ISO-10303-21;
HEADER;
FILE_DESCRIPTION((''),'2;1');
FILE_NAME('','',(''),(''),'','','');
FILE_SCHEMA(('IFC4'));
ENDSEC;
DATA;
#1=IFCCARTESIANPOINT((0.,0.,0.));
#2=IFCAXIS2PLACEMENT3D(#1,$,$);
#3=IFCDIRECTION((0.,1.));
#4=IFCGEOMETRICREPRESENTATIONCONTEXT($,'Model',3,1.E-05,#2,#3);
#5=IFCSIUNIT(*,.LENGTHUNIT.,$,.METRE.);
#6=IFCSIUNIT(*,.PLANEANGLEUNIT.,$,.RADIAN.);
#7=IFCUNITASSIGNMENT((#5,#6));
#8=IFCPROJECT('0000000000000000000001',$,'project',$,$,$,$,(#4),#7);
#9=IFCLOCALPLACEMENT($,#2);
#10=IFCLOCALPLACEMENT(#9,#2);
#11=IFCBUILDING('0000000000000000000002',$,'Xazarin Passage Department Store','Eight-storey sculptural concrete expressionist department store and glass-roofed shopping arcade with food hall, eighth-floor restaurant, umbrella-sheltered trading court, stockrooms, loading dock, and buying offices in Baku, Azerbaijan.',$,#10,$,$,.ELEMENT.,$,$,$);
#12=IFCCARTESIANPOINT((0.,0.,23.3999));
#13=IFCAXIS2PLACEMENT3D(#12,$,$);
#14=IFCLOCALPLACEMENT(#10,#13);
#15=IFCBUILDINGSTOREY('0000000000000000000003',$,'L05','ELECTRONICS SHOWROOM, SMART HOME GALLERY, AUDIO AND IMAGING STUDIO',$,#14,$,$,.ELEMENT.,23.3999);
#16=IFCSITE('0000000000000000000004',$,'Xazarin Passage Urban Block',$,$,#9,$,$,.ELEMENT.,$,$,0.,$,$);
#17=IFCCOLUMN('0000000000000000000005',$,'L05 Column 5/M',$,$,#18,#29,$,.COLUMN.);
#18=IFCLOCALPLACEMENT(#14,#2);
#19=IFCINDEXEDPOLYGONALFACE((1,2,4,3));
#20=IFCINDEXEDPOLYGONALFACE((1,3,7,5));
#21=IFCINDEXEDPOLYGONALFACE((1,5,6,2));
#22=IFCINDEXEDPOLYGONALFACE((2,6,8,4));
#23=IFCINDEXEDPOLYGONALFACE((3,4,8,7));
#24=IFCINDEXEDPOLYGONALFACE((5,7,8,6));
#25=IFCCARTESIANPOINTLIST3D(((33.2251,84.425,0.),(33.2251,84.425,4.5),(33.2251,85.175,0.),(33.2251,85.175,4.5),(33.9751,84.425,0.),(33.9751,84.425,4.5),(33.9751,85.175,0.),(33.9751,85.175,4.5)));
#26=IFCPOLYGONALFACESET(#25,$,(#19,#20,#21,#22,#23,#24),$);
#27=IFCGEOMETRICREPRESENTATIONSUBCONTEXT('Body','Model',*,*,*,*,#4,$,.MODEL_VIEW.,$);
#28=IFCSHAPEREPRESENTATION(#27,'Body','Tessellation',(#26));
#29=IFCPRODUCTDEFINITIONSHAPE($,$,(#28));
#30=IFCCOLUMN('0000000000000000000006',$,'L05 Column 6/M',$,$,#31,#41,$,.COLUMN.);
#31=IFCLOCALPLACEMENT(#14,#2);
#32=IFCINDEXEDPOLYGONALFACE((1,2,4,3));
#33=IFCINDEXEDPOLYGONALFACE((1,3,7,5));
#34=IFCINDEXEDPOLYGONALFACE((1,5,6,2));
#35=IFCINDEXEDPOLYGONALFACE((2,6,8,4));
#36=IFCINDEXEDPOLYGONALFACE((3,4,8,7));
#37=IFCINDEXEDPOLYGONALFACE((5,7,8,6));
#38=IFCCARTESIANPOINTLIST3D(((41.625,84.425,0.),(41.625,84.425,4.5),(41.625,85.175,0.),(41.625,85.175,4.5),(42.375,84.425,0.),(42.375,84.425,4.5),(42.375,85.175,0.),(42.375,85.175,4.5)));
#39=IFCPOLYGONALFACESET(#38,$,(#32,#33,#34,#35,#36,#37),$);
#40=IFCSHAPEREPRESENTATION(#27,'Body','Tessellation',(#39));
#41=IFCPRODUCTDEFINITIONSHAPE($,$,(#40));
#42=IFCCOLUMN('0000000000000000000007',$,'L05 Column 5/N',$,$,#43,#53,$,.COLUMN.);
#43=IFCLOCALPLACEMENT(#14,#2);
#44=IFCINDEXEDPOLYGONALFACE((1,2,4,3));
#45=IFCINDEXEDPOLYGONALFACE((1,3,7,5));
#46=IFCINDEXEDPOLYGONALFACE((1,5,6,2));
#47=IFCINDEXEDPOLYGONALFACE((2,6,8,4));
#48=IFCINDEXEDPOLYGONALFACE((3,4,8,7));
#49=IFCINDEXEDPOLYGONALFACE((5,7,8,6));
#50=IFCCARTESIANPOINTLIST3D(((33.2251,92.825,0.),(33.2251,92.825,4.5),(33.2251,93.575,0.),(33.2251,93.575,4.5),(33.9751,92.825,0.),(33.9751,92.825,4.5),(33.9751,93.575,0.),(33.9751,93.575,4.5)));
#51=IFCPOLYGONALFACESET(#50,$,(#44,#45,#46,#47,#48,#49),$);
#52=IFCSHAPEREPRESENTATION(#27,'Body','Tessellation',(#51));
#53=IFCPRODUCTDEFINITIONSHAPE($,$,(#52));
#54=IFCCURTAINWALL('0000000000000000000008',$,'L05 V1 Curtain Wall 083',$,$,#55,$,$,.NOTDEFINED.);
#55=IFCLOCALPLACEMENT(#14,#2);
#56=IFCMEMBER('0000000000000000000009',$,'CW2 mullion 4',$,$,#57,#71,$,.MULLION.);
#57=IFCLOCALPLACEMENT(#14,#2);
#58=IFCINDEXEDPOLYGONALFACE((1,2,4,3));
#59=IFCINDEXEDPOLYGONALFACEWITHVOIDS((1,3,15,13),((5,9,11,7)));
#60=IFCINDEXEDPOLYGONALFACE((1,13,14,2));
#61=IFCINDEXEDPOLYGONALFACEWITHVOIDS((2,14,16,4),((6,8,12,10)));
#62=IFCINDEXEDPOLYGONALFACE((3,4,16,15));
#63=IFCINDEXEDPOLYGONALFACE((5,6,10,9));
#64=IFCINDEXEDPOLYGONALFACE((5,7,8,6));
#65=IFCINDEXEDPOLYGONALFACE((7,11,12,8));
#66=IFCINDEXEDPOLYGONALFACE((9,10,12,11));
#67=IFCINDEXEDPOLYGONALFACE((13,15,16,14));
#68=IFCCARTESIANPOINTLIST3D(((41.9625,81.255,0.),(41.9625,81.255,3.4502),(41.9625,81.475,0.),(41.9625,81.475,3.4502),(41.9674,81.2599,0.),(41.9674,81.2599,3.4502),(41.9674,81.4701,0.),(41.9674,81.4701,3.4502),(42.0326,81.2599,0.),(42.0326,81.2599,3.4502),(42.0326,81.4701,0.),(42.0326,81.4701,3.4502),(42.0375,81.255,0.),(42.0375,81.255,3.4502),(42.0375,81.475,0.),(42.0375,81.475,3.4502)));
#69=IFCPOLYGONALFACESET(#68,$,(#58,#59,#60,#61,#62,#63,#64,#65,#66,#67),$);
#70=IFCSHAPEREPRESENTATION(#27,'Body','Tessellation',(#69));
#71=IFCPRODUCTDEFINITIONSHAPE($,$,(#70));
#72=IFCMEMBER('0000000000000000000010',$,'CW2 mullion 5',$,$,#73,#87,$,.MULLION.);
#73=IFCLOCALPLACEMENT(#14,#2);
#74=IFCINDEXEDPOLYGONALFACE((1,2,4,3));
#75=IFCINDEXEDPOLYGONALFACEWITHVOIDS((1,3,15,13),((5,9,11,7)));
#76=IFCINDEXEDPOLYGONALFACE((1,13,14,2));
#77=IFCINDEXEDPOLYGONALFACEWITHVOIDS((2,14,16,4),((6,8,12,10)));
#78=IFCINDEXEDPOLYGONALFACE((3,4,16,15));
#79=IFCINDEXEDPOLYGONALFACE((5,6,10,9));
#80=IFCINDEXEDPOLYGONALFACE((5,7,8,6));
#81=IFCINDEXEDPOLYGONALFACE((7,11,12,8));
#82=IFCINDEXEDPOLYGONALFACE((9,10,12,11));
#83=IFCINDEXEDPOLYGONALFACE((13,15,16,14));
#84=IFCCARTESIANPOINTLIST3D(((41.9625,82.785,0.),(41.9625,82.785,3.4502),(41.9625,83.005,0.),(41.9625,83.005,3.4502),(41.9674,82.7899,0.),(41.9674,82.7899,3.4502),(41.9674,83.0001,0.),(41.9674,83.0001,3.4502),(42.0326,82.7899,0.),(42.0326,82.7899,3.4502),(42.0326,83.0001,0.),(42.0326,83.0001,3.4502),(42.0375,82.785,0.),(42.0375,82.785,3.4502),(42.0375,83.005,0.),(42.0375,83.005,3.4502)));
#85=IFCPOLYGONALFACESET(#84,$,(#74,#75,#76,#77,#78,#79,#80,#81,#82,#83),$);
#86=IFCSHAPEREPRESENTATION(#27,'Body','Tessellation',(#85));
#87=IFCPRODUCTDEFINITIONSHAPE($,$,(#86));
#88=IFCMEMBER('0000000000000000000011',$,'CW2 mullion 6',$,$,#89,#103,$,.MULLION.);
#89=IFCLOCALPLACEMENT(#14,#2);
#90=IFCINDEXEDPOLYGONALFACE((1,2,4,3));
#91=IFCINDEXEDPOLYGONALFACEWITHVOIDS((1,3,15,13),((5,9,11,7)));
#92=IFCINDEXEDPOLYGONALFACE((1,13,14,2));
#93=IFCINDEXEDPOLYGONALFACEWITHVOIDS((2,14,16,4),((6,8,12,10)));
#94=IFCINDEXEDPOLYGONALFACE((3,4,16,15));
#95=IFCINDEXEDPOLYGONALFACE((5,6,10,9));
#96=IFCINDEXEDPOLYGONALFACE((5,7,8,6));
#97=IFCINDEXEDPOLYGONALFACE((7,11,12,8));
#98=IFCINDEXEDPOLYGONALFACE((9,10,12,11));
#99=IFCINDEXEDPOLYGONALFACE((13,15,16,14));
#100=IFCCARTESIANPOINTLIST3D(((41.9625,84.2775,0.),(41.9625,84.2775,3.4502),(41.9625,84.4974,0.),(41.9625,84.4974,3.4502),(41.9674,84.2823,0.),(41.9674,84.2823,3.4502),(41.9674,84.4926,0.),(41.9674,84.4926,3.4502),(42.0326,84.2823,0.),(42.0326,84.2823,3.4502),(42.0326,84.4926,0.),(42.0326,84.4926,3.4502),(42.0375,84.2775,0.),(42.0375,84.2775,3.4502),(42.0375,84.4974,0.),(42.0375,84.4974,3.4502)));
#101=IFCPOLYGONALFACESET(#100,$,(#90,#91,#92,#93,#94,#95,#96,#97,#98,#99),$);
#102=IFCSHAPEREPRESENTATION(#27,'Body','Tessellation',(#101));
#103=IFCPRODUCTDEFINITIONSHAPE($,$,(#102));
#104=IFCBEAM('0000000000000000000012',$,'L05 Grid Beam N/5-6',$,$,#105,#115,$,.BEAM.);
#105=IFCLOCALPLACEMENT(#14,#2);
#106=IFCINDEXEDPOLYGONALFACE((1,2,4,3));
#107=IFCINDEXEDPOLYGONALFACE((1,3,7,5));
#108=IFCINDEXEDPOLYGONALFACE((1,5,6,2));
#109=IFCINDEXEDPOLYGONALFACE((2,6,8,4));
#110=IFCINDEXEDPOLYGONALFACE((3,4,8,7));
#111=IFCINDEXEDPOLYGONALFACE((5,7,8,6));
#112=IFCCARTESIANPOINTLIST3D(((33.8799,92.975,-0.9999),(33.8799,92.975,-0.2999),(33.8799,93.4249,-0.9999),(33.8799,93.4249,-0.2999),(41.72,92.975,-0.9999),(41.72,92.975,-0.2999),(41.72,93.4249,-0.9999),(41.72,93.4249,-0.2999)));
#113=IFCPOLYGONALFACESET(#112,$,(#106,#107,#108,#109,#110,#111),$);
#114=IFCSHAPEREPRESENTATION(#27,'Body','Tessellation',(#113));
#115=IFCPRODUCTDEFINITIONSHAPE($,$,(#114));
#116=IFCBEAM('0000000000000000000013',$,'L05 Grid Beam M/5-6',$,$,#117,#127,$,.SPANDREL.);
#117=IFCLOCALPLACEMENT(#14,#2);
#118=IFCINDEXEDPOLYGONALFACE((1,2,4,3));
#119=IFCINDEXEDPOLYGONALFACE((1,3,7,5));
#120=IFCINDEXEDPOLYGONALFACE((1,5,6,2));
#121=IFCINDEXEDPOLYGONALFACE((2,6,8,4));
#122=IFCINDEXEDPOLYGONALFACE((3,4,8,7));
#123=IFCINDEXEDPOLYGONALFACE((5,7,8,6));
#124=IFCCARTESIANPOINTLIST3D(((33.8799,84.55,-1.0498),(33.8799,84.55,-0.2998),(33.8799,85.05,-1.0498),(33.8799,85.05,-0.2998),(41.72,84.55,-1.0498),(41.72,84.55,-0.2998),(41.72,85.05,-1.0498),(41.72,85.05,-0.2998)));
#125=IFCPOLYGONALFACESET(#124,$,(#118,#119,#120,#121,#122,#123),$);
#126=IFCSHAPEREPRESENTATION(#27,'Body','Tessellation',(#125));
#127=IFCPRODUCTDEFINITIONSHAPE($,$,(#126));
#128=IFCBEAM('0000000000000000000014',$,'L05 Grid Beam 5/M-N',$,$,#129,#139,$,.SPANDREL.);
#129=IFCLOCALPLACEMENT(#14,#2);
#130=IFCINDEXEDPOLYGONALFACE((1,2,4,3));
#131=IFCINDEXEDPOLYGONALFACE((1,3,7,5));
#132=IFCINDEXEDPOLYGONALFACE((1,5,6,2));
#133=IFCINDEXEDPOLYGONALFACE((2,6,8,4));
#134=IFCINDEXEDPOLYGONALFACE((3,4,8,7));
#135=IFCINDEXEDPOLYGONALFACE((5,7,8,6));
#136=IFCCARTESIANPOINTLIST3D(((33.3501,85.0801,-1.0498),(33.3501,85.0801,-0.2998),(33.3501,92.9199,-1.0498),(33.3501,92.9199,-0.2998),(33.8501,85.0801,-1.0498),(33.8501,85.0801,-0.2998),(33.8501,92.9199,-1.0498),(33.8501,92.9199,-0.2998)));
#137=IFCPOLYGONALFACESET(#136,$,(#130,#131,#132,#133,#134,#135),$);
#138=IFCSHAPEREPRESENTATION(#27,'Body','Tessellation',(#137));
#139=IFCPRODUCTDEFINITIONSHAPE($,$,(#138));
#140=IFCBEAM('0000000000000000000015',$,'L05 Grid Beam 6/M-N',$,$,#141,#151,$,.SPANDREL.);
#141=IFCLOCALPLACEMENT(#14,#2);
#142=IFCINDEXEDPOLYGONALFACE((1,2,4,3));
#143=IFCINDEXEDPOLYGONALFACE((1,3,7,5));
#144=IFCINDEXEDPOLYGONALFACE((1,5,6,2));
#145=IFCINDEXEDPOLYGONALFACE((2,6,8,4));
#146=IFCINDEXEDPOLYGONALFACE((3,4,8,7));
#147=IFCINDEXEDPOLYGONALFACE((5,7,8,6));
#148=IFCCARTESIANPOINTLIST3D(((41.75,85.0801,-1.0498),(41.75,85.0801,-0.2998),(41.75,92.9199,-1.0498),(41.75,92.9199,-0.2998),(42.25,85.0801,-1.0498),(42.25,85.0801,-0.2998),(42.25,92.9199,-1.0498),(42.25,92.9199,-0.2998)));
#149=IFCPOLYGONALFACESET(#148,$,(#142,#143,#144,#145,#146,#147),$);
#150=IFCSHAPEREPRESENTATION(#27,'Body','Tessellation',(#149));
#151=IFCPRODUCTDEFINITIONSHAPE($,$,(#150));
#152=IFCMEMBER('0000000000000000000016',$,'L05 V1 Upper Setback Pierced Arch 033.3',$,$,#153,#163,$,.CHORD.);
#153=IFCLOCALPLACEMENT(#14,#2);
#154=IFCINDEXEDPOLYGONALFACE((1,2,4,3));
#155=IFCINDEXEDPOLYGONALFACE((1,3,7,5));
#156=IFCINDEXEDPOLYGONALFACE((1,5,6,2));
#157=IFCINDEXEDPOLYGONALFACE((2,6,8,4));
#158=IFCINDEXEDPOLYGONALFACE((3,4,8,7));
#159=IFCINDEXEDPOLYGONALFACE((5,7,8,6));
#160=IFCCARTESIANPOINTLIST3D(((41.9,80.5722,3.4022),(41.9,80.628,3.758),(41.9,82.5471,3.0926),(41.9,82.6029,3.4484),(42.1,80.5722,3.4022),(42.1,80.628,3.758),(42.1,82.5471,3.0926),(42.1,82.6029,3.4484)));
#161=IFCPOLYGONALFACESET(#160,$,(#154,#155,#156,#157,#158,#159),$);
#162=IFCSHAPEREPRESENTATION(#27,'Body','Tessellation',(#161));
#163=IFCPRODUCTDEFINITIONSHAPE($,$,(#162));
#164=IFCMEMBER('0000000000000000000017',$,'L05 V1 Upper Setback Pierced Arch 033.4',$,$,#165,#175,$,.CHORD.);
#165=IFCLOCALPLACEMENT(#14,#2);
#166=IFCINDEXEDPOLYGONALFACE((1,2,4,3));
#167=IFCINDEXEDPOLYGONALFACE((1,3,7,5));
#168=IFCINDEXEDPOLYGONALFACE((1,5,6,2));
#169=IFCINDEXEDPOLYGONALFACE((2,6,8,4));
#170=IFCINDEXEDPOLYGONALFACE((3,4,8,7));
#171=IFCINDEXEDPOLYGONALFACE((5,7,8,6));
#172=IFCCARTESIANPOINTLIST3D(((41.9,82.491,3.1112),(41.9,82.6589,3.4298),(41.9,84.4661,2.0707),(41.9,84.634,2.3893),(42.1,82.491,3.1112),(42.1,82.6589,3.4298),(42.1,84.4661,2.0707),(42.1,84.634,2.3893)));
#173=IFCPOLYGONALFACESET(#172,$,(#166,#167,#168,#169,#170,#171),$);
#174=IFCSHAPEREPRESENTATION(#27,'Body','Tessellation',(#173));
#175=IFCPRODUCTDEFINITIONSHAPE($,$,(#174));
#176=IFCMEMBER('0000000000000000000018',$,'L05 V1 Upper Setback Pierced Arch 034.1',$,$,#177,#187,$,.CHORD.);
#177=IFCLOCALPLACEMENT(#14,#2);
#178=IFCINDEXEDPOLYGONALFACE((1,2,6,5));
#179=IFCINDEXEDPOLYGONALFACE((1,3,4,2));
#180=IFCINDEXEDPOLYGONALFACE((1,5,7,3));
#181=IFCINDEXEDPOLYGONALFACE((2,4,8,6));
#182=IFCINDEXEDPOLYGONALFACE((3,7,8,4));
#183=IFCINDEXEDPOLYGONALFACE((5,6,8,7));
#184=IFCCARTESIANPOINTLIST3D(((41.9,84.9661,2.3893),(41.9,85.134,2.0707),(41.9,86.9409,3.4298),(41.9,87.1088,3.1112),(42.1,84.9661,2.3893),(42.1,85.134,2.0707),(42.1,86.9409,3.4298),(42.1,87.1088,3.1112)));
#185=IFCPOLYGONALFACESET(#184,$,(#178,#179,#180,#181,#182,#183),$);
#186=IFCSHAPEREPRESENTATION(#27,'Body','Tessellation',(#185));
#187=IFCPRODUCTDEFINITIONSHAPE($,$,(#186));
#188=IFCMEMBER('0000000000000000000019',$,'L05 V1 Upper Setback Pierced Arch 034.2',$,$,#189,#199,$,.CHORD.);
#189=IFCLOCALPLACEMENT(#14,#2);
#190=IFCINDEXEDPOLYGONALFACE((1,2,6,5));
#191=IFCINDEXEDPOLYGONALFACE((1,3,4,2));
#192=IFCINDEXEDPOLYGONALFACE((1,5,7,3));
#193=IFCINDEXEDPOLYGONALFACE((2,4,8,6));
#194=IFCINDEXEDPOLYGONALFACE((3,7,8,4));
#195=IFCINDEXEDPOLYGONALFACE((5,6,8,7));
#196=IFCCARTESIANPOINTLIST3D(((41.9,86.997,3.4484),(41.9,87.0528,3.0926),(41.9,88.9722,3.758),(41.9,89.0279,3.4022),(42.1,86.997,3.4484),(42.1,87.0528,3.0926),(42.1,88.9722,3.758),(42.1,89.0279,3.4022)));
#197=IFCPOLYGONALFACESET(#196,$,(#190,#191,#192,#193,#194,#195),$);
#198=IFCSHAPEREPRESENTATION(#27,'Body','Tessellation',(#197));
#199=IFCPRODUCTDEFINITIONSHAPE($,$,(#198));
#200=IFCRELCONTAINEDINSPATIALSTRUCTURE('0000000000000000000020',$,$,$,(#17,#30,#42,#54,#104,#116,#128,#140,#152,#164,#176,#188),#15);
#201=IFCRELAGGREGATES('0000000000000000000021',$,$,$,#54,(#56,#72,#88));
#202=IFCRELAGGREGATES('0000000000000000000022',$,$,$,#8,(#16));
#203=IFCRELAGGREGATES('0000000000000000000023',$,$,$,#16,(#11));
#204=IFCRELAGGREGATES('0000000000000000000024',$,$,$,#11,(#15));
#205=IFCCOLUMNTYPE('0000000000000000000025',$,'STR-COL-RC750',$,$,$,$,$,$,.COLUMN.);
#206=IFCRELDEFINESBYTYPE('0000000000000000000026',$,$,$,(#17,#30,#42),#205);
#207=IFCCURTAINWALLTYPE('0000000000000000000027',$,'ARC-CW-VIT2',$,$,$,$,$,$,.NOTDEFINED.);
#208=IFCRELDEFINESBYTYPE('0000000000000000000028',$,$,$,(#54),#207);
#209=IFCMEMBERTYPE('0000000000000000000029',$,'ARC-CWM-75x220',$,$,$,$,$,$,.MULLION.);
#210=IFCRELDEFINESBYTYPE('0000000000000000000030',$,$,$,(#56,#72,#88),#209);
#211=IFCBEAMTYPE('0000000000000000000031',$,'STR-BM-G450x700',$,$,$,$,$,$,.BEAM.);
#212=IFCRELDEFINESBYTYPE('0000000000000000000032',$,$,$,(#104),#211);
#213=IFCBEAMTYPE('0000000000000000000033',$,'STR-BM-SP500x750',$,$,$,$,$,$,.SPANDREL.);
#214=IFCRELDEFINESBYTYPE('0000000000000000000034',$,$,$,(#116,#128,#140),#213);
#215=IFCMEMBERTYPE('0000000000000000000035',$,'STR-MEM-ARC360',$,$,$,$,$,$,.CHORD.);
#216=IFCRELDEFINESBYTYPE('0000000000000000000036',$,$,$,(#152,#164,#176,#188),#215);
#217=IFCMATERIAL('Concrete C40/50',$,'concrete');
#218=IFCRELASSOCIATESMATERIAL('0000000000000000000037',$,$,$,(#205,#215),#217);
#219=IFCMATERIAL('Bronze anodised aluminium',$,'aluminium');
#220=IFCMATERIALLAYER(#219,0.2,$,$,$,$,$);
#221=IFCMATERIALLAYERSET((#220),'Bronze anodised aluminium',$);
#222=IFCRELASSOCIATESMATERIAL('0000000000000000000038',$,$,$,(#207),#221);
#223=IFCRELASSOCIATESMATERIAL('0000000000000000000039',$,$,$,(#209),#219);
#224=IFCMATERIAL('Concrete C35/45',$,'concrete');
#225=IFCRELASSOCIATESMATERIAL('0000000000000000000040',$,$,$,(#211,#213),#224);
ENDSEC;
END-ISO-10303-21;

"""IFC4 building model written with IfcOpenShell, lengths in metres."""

from ifc_helpers import new_model, si_unit, direction, frame, origin, origin_2d, place, context, subcontext, project, spatial, rectangle, hollow_rectangle, extrude, material, layer, layer_set, material_profile, profile_set, type_object, element, aggregate, save


model = new_model("IFC4")

# Units and contexts
model_context = context("Model", 3, precision=1e-05, world=origin(), true_north=direction((0.0, 1.0)))
body_context = subcontext(model_context, "Body", "Model", "MODEL_VIEW")
ifc_project = project(units=[si_unit("LENGTHUNIT", "METRE"), si_unit("PLANEANGLEUNIT", "RADIAN")], contexts=[model_context])

# Site, building, storey
site_placement = place(None, origin())
site = spatial("IfcSite", under=ifc_project, at=site_placement, Name="Xazarin Passage Urban Block", CompositionType="ELEMENT", RefElevation=0.0)
building_placement = place(site_placement, origin())
building = spatial("IfcBuilding", under=site, at=building_placement, Name="Xazarin Passage Department Store", Description="Eight-storey sculptural concrete expressionist department store and glass-roofed shopping arcade with food hall, eighth-floor restaurant, umbrella-sheltered trading court, stockrooms, loading dock, and buying offices in Baku, Azerbaijan.", CompositionType="ELEMENT")
storey_placement = place(building_placement, frame((0.0, 0.0, 23.3999)))
storey = spatial("IfcBuildingStorey", under=building, at=storey_placement, Name="L05", Description="ELECTRONICS SHOWROOM, SMART HOME GALLERY, AUDIO AND IMAGING STUDIO", CompositionType="ELEMENT", Elevation=23.3999)

# Columns
ifc_material_1 = material(Name="Concrete C40/50", Category="concrete")
ifc_material_profile_1 = material_profile(ifc_material_1, rectangle(XDim=0.75, YDim=0.75, at=origin_2d()), Name="RC 750x750")
ifc_profile_set_1 = profile_set([ifc_material_profile_1], Name="Concrete C40/50")
column_type = type_object("IfcColumnType", Name="STR-COL-RC750", PredefinedType="COLUMN", material=ifc_profile_set_1)
for number, where, z_axis, x_axis, name in (
    (1, (33.6001, 84.8, 0.0), (0.0, 0.0, 1.0), (1.0, 0.0, 0.0), "L05 Column 5/M"),
    (2, (42.0, 84.8, 0.0), (0.0, 0.0, 1.0), (1.0, 0.0, 0.0), "L05 Column 6/M"),
    (3, (33.6001, 93.2, 0.0), (0.0, 0.0, 1.0), (1.0, 0.0, 0.0), "L05 Column 5/N"),
):
    element("IfcColumn", number, at=place(storey_placement, frame(where, z_axis=z_axis, x_axis=x_axis)), inside=storey, type_object=column_type, Name=name, PredefinedType="COLUMN", context=body_context, shape_type="SweptSolid", body=[
        extrude(rectangle(XDim=0.75, YDim=0.75, at=origin_2d()), origin(), (0.0, 0.0, 1.0), 4.5),
    ])

# Curtain wall, members
ifc_material_2 = material(Name="Bronze anodised aluminium", Category="aluminium")
ifc_layer_1 = layer(ifc_material_2, 0.2)
ifc_layer_set_1 = layer_set([ifc_layer_1], Name="Bronze anodised aluminium")
curtain_wall_type = type_object("IfcCurtainWallType", Name="ARC-CW-VIT2", PredefinedType="NOTDEFINED", material=ifc_layer_set_1)
curtain_wall_placement = place(storey_placement, origin())
curtain_wall = element("IfcCurtainWall", 4, at=curtain_wall_placement, inside=storey, type_object=curtain_wall_type, Name="L05 V1 Curtain Wall 083", PredefinedType="NOTDEFINED")
ifc_material_profile_2 = material_profile(ifc_material_2, hollow_rectangle(XDim=0.075, YDim=0.22, WallThickness=0.0049, at=origin_2d()), Name="ALU 75x220")
ifc_profile_set_2 = profile_set([ifc_material_profile_2], Name="Bronze anodised aluminium")
member_type_1 = type_object("IfcMemberType", Name="ARC-CWM-75x220", PredefinedType="MULLION", material=ifc_profile_set_2)
member_1_placement = place(storey_placement, frame((42.0, 81.365, 0.0), z_axis=(0.0, 0.0, 1.0), x_axis=(-1.0, 0.0, 0.0)))
member_1 = element("IfcMember", 5, at=member_1_placement, type_object=member_type_1, Name="CW2 mullion 4", PredefinedType="MULLION", context=body_context, shape_type="SweptSolid", body=[
    extrude(hollow_rectangle(XDim=0.075, YDim=0.22, WallThickness=0.0049, at=origin_2d()), origin(), (0.0, 0.0, 1.0), 3.4502),
])
member_2_placement = place(storey_placement, frame((42.0, 82.895, 0.0), z_axis=(0.0, 0.0, 1.0), x_axis=(-1.0, 0.0, 0.0)))
member_2 = element("IfcMember", 6, at=member_2_placement, type_object=member_type_1, Name="CW2 mullion 5", PredefinedType="MULLION", context=body_context, shape_type="SweptSolid", body=[
    extrude(hollow_rectangle(XDim=0.075, YDim=0.22, WallThickness=0.0049, at=origin_2d()), origin(), (0.0, 0.0, 1.0), 3.4502),
])
member_3_placement = place(storey_placement, frame((42.0, 84.3875, 0.0), z_axis=(0.0, 0.0, 1.0), x_axis=(-1.0, 0.0, 0.0)))
member_3 = element("IfcMember", 7, at=member_3_placement, type_object=member_type_1, Name="CW2 mullion 6", PredefinedType="MULLION", context=body_context, shape_type="SweptSolid", body=[
    extrude(hollow_rectangle(XDim=0.075, YDim=0.22, WallThickness=0.0049, at=origin_2d()), origin(), (0.0, 0.0, 1.0), 3.4502),
])
aggregate(curtain_wall, [member_1, member_2, member_3])

# Beams
ifc_material_3 = material(Name="Concrete C35/45", Category="concrete")
ifc_material_profile_3 = material_profile(ifc_material_3, rectangle(XDim=0.45, YDim=0.7, at=origin_2d()), Name="RC 450x700")
ifc_profile_set_3 = profile_set([ifc_material_profile_3], Name="Concrete C35/45")
beam_type_1 = type_object("IfcBeamType", Name="STR-BM-G450x700", PredefinedType="BEAM", material=ifc_profile_set_3)
beam_1_placement = place(storey_placement, frame((33.8799, 93.2, -0.6499), z_axis=(1.0, 0.0, 0.0), x_axis=(0.0, 1.0, 0.0)))
element("IfcBeam", 8, at=beam_1_placement, inside=storey, type_object=beam_type_1, Name="L05 Grid Beam N/5-6", PredefinedType="BEAM", context=body_context, shape_type="SweptSolid", body=[
    extrude(rectangle(XDim=0.45, YDim=0.7, at=origin_2d()), origin(), (0.0, 0.0, 1.0), 7.8401),
])
ifc_material_profile_4 = material_profile(ifc_material_3, rectangle(XDim=0.5, YDim=0.75, at=origin_2d()), Name="RC 500x750")
ifc_profile_set_4 = profile_set([ifc_material_profile_4], Name="Concrete C35/45")
beam_type_2 = type_object("IfcBeamType", Name="STR-BM-SP500x750", PredefinedType="SPANDREL", material=ifc_profile_set_4)
beam_2_placement = place(storey_placement, frame((33.8799, 84.8, -0.6748), z_axis=(1.0, 0.0, 0.0), x_axis=(0.0, 1.0, 0.0)))
element("IfcBeam", 9, at=beam_2_placement, inside=storey, type_object=beam_type_2, Name="L05 Grid Beam M/5-6", PredefinedType="SPANDREL", context=body_context, shape_type="SweptSolid", body=[
    extrude(rectangle(XDim=0.5, YDim=0.75, at=origin_2d()), origin(), (0.0, 0.0, 1.0), 7.8401),
])
for number, where, z_axis, x_axis, name in (
    (10, (33.6001, 85.0801, -0.6748), (0.0, 1.0, 0.0), (-1.0, 0.0, 0.0), "L05 Grid Beam 5/M-N"),
    (11, (42.0, 85.0801, -0.6748), (0.0, 1.0, 0.0), (-1.0, 0.0, 0.0), "L05 Grid Beam 6/M-N"),
):
    element("IfcBeam", number, at=place(storey_placement, frame(where, z_axis=z_axis, x_axis=x_axis)), inside=storey, type_object=beam_type_2, Name=name, PredefinedType="SPANDREL", context=body_context, shape_type="SweptSolid", body=[
        extrude(rectangle(XDim=0.5, YDim=0.75, at=origin_2d()), origin(), (0.0, 0.0, 1.0), 7.8398),
    ])

# Members
ifc_material_profile_5 = material_profile(ifc_material_1, rectangle(XDim=0.2, YDim=0.3601, at=origin_2d()), Name="RC 200x360")
ifc_profile_set_5 = profile_set([ifc_material_profile_5], Name="Concrete C40/50")
member_type_2 = type_object("IfcMemberType", Name="STR-MEM-ARC360", PredefinedType="CHORD", material=ifc_profile_set_5)
member_4_placement = place(storey_placement, frame((42.0, 80.6001, 3.5801), z_axis=(0.0, 0.987936, -0.154865), x_axis=(-1.0, 0.0, 0.0)))
element("IfcMember", 12, at=member_4_placement, inside=storey, type_object=member_type_2, Name="L05 V1 Upper Setback Pierced Arch 033.3", PredefinedType="CHORD", context=body_context, shape_type="SweptSolid", body=[
    extrude(rectangle(XDim=0.2, YDim=0.3601, at=origin_2d()), origin(), (0.0, 0.0, 1.0), 1.999),
])
member_5_placement = place(storey_placement, frame((42.0, 82.575, 3.2705), z_axis=(0.0, 0.884733, -0.466098), x_axis=(-1.0, 0.0, 0.0)))
element("IfcMember", 13, at=member_5_placement, inside=storey, type_object=member_type_2, Name="L05 V1 Upper Setback Pierced Arch 033.4", PredefinedType="CHORD", context=body_context, shape_type="SweptSolid", body=[
    extrude(rectangle(XDim=0.2, YDim=0.3601, at=origin_2d()), origin(), (0.0, 0.0, 1.0), 2.2324),
])
member_6_placement = place(storey_placement, frame((42.0, 85.05, 2.23), z_axis=(0.0, 0.884709, 0.466143), x_axis=(-1.0, 0.0, 0.0)))
element("IfcMember", 14, at=member_6_placement, inside=storey, type_object=member_type_2, Name="L05 V1 Upper Setback Pierced Arch 034.1", PredefinedType="CHORD", context=body_context, shape_type="SweptSolid", body=[
    extrude(rectangle(XDim=0.2, YDim=0.3601, at=origin_2d()), origin(), (0.0, 0.0, 1.0), 2.2322),
])
for number, where, z_axis, x_axis, name in (
    (15, (42.0, 87.0249, 3.2705), (0.0, 0.987939, 0.154846), (-1.0, 0.0, 0.0), "L05 V1 Upper Setback Pierced Arch 034.2"),
):
    element("IfcMember", number, at=place(storey_placement, frame(where, z_axis=z_axis, x_axis=x_axis)), inside=storey, type_object=member_type_2, Name=name, PredefinedType="CHORD", context=body_context, shape_type="SweptSolid", body=[
        extrude(rectangle(XDim=0.2, YDim=0.3601, at=origin_2d()), origin(), (0.0, 0.0, 1.0), 1.9993),
    ])

save(model, "model.ifc")
